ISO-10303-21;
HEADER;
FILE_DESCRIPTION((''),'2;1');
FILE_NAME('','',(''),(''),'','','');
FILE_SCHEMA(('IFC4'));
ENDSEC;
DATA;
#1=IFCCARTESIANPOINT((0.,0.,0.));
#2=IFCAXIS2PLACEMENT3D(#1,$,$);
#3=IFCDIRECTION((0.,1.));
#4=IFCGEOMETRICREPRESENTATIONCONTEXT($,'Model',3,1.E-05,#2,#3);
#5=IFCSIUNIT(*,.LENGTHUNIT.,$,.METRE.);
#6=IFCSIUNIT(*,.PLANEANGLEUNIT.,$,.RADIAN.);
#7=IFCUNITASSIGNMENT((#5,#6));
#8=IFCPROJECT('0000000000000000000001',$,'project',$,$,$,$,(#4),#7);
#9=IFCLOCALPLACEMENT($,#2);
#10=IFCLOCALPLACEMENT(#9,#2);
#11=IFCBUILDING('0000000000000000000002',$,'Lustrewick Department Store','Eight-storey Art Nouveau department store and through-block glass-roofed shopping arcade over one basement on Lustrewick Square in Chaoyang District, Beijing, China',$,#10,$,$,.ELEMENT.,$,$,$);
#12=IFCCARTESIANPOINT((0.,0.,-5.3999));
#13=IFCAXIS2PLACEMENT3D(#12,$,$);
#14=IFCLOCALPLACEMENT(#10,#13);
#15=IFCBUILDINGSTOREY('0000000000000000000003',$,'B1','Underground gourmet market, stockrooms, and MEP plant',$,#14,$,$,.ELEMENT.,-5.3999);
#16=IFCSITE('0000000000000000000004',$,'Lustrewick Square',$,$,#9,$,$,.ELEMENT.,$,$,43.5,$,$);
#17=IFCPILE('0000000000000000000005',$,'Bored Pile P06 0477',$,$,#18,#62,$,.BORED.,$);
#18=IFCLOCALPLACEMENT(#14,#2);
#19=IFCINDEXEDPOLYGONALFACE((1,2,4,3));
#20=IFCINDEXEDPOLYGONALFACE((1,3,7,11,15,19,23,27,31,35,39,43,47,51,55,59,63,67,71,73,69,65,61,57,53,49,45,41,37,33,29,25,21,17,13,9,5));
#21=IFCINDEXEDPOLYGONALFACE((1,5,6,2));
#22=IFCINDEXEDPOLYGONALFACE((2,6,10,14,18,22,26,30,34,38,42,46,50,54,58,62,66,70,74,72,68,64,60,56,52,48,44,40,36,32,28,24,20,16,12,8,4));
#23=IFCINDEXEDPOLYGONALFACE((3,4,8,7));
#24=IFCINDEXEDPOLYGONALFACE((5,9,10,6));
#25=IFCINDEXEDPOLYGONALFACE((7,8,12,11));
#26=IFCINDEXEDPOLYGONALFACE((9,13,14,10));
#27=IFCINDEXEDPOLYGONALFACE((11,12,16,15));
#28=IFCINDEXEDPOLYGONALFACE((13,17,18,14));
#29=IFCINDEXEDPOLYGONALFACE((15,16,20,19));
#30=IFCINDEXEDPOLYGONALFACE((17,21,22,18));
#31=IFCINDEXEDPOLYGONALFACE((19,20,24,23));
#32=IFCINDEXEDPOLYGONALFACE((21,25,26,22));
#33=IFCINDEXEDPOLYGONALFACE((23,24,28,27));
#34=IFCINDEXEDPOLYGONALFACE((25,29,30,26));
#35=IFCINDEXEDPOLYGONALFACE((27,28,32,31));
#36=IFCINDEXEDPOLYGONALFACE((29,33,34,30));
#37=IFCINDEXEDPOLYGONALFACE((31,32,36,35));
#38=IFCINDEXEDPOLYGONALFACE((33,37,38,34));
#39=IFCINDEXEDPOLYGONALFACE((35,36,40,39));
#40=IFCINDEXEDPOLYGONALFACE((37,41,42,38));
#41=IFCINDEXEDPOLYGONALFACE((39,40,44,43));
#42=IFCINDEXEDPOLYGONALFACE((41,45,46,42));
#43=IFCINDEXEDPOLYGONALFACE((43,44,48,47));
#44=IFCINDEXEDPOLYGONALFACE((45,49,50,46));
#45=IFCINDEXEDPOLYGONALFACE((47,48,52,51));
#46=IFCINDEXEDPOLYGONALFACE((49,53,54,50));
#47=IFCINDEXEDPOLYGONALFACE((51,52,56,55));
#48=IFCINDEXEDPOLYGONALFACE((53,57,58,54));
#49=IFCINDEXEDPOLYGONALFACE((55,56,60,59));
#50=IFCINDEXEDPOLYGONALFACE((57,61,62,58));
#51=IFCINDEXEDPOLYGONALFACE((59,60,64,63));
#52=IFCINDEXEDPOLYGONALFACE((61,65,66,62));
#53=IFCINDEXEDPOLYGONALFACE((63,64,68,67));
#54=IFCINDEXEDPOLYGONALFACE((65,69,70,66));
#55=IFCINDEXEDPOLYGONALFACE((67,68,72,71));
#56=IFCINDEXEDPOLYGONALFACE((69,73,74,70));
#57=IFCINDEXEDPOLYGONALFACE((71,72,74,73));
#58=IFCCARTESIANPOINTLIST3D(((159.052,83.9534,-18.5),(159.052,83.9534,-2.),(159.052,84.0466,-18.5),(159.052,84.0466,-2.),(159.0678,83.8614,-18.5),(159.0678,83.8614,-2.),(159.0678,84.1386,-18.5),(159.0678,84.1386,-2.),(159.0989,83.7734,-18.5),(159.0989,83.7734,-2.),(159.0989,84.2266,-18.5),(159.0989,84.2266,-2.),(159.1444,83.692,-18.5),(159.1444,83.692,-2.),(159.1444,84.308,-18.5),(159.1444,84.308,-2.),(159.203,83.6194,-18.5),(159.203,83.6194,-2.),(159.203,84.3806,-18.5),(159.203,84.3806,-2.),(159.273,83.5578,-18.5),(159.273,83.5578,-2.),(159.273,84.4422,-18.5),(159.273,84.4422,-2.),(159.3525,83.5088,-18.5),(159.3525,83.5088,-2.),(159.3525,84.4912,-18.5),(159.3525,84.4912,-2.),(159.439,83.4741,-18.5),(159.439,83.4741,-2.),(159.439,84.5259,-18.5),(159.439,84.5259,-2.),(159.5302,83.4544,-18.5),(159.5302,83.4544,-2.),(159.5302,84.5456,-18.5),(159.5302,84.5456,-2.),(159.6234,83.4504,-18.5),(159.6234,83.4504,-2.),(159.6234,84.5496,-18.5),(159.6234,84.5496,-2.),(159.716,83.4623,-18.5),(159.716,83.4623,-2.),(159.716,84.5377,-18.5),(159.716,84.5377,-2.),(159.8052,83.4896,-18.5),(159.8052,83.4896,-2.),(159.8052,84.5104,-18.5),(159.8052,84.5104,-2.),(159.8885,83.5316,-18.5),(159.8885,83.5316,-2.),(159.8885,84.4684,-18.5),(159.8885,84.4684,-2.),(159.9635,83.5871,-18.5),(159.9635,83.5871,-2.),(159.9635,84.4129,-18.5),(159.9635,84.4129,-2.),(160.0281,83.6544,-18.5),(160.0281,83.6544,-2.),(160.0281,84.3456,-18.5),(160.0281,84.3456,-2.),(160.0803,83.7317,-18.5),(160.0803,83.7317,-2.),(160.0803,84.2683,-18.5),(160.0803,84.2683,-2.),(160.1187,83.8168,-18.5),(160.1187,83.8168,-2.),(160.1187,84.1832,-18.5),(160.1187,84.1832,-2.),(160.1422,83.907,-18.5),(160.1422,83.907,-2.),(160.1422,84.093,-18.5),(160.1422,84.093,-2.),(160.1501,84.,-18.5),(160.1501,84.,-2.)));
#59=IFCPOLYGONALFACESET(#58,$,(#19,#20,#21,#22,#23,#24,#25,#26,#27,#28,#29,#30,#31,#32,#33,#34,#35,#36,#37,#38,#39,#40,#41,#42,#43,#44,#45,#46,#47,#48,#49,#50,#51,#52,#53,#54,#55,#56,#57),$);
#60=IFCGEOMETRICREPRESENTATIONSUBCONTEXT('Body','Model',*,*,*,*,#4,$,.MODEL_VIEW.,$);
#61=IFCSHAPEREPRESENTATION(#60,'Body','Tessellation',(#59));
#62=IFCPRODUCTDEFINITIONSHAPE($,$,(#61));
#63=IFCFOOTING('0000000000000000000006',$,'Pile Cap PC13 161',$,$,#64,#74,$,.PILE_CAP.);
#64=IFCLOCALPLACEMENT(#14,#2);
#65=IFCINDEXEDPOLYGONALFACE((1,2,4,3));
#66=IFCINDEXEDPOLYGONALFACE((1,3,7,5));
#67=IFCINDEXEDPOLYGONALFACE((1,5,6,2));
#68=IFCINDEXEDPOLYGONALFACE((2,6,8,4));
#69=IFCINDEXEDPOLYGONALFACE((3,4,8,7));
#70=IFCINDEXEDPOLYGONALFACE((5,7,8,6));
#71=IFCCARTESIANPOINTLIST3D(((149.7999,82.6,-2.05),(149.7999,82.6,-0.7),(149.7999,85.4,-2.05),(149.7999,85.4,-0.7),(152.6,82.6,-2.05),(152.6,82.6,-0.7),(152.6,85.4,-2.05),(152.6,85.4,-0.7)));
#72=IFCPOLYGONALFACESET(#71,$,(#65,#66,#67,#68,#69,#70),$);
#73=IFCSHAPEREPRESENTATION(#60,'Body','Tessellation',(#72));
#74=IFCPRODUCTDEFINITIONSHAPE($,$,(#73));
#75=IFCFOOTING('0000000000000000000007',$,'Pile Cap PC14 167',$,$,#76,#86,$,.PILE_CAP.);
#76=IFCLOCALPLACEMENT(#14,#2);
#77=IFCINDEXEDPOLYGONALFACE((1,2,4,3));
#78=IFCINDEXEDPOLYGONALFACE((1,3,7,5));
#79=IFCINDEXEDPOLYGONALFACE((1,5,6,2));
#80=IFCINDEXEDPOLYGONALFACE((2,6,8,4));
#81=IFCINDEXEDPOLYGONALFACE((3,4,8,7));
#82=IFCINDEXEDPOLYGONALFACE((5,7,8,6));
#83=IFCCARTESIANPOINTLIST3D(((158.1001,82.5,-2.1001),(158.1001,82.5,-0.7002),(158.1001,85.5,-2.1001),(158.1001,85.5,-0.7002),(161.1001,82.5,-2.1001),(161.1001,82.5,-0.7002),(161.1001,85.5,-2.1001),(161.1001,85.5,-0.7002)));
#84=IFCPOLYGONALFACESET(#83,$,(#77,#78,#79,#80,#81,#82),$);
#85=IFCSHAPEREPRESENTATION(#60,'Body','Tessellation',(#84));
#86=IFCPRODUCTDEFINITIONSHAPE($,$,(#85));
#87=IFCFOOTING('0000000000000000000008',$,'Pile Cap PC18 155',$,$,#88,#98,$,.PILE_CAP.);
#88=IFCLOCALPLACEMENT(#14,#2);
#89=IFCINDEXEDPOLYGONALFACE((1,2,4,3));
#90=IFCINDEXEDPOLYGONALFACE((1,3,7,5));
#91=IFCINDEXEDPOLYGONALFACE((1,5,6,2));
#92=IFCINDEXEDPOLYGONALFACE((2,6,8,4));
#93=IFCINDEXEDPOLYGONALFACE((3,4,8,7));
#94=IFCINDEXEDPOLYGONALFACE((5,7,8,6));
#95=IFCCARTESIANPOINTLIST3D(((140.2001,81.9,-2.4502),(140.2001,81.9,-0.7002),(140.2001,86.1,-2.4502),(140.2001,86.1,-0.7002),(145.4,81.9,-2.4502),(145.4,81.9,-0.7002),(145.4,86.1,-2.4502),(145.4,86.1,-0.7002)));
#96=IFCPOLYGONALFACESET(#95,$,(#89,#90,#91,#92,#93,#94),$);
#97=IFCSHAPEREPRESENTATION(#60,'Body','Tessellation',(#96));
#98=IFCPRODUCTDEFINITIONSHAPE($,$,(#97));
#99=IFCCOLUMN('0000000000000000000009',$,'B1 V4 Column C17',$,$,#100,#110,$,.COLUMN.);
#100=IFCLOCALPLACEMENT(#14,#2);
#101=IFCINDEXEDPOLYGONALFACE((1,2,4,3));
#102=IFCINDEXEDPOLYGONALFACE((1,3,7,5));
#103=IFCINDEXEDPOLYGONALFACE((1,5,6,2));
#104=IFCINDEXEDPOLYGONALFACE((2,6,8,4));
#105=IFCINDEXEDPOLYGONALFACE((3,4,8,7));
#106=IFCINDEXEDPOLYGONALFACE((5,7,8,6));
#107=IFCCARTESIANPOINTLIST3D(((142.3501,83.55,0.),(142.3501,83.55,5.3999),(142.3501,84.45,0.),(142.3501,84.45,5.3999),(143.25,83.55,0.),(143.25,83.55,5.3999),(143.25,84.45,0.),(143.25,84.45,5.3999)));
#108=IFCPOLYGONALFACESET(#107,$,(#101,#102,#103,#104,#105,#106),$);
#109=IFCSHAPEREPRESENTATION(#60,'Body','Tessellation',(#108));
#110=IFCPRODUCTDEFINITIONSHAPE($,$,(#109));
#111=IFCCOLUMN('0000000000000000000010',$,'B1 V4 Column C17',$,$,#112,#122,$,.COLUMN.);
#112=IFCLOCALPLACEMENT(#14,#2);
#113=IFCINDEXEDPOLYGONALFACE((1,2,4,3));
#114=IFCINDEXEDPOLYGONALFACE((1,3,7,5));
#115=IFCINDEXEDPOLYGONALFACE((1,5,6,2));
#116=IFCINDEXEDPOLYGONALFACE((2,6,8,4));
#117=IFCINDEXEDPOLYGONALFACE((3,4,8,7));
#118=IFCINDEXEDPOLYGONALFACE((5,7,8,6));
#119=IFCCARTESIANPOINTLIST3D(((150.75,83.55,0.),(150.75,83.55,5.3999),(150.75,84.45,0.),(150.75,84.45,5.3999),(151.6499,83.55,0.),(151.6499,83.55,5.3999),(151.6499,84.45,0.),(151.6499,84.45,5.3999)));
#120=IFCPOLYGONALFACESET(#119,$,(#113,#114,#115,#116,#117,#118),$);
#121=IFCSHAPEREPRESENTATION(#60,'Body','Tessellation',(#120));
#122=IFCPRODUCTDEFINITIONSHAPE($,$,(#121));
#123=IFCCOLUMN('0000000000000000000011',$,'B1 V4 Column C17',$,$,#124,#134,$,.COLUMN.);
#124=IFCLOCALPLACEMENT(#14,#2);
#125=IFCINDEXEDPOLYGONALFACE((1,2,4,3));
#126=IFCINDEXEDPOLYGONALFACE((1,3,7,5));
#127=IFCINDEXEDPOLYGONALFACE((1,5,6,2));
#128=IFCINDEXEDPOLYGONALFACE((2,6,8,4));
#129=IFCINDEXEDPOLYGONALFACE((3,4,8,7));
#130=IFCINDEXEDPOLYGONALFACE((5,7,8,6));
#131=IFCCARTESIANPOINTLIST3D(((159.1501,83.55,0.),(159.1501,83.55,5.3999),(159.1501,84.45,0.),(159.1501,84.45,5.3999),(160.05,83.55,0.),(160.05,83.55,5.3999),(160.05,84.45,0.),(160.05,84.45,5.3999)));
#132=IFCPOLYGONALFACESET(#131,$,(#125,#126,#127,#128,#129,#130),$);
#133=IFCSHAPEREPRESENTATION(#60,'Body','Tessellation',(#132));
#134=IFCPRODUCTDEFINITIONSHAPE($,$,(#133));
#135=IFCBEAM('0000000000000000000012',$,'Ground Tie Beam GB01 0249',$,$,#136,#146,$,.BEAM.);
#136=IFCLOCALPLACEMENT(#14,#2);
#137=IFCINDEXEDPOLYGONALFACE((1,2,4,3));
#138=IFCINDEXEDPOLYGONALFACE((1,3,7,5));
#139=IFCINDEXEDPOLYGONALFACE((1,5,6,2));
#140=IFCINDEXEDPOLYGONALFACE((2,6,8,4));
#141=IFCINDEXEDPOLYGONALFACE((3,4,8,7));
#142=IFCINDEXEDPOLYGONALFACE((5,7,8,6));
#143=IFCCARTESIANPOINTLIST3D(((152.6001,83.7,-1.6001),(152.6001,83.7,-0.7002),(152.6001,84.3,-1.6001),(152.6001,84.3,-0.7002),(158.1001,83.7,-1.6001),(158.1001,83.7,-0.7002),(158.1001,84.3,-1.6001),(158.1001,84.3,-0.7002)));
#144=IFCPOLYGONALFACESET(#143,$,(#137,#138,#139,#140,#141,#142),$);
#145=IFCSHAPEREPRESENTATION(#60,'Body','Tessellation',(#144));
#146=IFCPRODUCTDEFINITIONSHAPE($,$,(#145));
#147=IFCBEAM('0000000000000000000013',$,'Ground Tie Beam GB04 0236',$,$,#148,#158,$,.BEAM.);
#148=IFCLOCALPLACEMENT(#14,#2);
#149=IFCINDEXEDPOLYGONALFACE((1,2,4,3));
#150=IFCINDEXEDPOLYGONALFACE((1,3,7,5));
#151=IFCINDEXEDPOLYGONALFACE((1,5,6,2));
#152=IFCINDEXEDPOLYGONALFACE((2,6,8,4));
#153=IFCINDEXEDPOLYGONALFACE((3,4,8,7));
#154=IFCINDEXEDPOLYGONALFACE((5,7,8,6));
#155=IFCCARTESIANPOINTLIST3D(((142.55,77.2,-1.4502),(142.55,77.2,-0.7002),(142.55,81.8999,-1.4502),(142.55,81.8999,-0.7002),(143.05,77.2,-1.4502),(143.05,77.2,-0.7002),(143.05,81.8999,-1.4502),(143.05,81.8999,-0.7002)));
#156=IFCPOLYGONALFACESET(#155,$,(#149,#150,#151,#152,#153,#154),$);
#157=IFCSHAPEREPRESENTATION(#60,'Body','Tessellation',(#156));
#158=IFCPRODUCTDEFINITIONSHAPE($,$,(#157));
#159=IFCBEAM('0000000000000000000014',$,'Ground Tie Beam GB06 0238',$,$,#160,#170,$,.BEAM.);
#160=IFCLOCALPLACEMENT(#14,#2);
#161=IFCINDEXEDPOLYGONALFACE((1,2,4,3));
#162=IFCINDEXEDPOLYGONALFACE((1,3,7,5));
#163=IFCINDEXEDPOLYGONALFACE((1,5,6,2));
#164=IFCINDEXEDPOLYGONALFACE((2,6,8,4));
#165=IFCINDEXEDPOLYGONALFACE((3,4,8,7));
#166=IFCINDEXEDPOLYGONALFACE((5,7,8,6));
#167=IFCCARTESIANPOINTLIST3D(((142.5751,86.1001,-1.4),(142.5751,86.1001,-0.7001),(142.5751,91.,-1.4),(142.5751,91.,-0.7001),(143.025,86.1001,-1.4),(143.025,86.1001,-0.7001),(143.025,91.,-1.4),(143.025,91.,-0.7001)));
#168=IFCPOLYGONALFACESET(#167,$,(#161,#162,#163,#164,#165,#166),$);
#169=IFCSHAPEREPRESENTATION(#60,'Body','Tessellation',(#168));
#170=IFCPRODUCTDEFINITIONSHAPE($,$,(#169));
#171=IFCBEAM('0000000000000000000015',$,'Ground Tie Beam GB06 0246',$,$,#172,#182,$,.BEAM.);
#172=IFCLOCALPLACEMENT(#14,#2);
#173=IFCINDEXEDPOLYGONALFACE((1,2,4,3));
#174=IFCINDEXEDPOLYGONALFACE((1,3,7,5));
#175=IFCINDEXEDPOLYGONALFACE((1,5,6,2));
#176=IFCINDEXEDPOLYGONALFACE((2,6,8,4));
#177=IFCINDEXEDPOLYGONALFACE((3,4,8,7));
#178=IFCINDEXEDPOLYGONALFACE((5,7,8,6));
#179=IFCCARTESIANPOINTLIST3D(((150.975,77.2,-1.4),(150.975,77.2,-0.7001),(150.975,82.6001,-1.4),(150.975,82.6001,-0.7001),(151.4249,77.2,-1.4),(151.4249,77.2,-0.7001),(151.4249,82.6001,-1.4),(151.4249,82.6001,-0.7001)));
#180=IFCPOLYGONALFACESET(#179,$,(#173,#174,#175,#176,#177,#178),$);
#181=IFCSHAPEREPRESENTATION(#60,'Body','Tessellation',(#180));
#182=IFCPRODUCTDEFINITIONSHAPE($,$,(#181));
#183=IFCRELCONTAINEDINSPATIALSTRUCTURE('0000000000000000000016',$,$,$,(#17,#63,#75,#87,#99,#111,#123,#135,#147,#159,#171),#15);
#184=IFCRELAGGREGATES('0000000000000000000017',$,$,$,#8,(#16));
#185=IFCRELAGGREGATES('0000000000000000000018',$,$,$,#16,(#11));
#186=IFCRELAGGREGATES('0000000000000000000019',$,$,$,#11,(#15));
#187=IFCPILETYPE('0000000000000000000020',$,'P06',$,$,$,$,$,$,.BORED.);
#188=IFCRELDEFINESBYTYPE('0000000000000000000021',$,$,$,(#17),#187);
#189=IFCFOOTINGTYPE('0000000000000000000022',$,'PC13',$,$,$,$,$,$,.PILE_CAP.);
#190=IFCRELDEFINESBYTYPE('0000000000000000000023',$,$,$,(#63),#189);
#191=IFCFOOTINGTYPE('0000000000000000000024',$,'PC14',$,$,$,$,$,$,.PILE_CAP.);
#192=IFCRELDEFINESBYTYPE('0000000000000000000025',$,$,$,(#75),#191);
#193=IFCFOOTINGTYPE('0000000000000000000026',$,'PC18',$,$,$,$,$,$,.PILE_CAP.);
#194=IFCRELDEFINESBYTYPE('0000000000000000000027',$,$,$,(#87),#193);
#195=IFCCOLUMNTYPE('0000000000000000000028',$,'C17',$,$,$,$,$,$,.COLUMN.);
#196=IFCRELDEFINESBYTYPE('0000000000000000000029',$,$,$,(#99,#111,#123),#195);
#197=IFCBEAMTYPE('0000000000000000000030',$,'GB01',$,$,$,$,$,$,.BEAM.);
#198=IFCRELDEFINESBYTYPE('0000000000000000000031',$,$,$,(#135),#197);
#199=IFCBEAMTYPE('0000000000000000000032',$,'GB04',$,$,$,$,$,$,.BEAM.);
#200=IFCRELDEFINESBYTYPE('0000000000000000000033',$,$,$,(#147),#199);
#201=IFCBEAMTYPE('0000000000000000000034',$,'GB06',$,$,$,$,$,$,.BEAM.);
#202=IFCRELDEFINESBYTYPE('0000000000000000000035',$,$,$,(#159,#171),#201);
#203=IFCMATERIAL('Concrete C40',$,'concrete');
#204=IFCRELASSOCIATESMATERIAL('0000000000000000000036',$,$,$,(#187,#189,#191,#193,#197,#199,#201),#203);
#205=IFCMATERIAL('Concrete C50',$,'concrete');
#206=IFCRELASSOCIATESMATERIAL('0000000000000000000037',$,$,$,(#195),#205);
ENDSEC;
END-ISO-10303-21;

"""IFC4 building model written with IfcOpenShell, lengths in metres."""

from ifc_helpers import new_model, si_unit, direction, frame, origin, origin_2d, place, context, subcontext, project, spatial, rectangle, circle, extrude, material, material_profile, profile_set, type_object, element, save


model = new_model("IFC4")

# Units and contexts
model_context = context("Model", 3, precision=1e-05, world=origin(), true_north=direction((0.0, 1.0)))
body_context = subcontext(model_context, "Body", "Model", "MODEL_VIEW")
ifc_project = project(units=[si_unit("LENGTHUNIT", "METRE"), si_unit("PLANEANGLEUNIT", "RADIAN")], contexts=[model_context])

# Site, building, storey
site_placement = place(None, origin())
site = spatial("IfcSite", under=ifc_project, at=site_placement, Name="Lustrewick Square", CompositionType="ELEMENT", RefElevation=43.5)
building_placement = place(site_placement, origin())
building = spatial("IfcBuilding", under=site, at=building_placement, Name="Lustrewick Department Store", Description="Eight-storey Art Nouveau department store and through-block glass-roofed shopping arcade over one basement on Lustrewick Square in Chaoyang District, Beijing, China", CompositionType="ELEMENT")
storey_placement = place(building_placement, frame((0.0, 0.0, -5.3999)))
storey = spatial("IfcBuildingStorey", under=building, at=storey_placement, Name="B1", Description="Underground gourmet market, stockrooms, and MEP plant", CompositionType="ELEMENT", Elevation=-5.3999)

# Pile
ifc_material_1 = material(Name="Concrete C40", Category="concrete")
ifc_material_profile_1 = material_profile(ifc_material_1, circle(Radius=0.55, at=origin_2d()), Name="PILE D1100")
ifc_profile_set_1 = profile_set([ifc_material_profile_1], Name="Concrete C40")
pile_type_1 = type_object("IfcPileType", Name="P06", PredefinedType="BORED", material=ifc_profile_set_1)
for number, where, z_axis, x_axis, name in (
    (1, (159.6001, 84.0, -2.0), (0.0, 0.0, -1.0), (1.0, 0.0, 0.0), "Bored Pile P06 0477"),
):
    element("IfcPile", number, at=place(storey_placement, frame(where, z_axis=z_axis, x_axis=x_axis)), inside=storey, type_object=pile_type_1, Name=name, PredefinedType="BORED", context=body_context, shape_type="SweptSolid", body=[
        extrude(circle(Radius=0.55, at=origin_2d()), origin(), (0.0, 0.0, 1.0), 16.5),
    ])

# Footings
footing_type_1 = type_object("IfcFootingType", Name="PC13", PredefinedType="PILE_CAP", material=ifc_material_1)
footing_1_placement = place(storey_placement, frame((151.2, 84.0, -2.05), z_axis=(0.0, 0.0, 1.0), x_axis=(1.0, 0.0, 0.0)))
element("IfcFooting", 2, at=footing_1_placement, inside=storey, type_object=footing_type_1, Name="Pile Cap PC13 161", PredefinedType="PILE_CAP", context=body_context, shape_type="SweptSolid", body=[
    extrude(rectangle(XDim=2.8, YDim=2.8, at=origin_2d()), origin(), (0.0, 0.0, 1.0), 1.3501),
])
footing_type_2 = type_object("IfcFootingType", Name="PC14", PredefinedType="PILE_CAP", material=ifc_material_1)
footing_2_placement = place(storey_placement, frame((159.6001, 84.0, -2.1001), z_axis=(0.0, 0.0, 1.0), x_axis=(1.0, 0.0, 0.0)))
element("IfcFooting", 3, at=footing_2_placement, inside=storey, type_object=footing_type_2, Name="Pile Cap PC14 167", PredefinedType="PILE_CAP", context=body_context, shape_type="SweptSolid", body=[
    extrude(rectangle(XDim=3.0, YDim=3.0, at=origin_2d()), origin(), (0.0, 0.0, 1.0), 1.3999),
])
footing_type_3 = type_object("IfcFootingType", Name="PC18", PredefinedType="PILE_CAP", material=ifc_material_1)
footing_3_placement = place(storey_placement, frame((142.8, 84.0, -2.4502), z_axis=(0.0, 0.0, 1.0), x_axis=(1.0, 0.0, 0.0)))
element("IfcFooting", 4, at=footing_3_placement, inside=storey, type_object=footing_type_3, Name="Pile Cap PC18 155", PredefinedType="PILE_CAP", context=body_context, shape_type="SweptSolid", body=[
    extrude(rectangle(XDim=5.2, YDim=4.2, at=origin_2d()), origin(), (0.0, 0.0, 1.0), 1.75),
])

# Columns
ifc_material_2 = material(Name="Concrete C50", Category="concrete")
ifc_material_profile_2 = material_profile(ifc_material_2, rectangle(XDim=0.8999, YDim=0.8999, at=origin_2d()), Name="RC 900x900")
ifc_profile_set_2 = profile_set([ifc_material_profile_2], Name="Concrete C50")
column_type = type_object("IfcColumnType", Name="C17", PredefinedType="COLUMN", material=ifc_profile_set_2)
for number, where, z_axis, x_axis, name in (
    (5, (142.8, 84.0, 0.0), (0.0, 0.0, 1.0), (1.0, 0.0, 0.0), "B1 V4 Column C17"),
    (6, (151.2, 84.0, 0.0), (0.0, 0.0, 1.0), (1.0, 0.0, 0.0), "B1 V4 Column C17"),
    (7, (159.6001, 84.0, 0.0), (0.0, 0.0, 1.0), (1.0, 0.0, 0.0), "B1 V4 Column C17"),
):
    element("IfcColumn", number, at=place(storey_placement, frame(where, z_axis=z_axis, x_axis=x_axis)), inside=storey, type_object=column_type, Name=name, PredefinedType="COLUMN", context=body_context, shape_type="SweptSolid", body=[
        extrude(rectangle(XDim=0.8999, YDim=0.8999, at=origin_2d()), origin(), (0.0, 0.0, 1.0), 5.3999),
    ])

# Beams
ifc_material_profile_3 = material_profile(ifc_material_1, rectangle(XDim=0.6001, YDim=0.8999, at=origin_2d()), Name="RC 600x900")
ifc_profile_set_3 = profile_set([ifc_material_profile_3], Name="Concrete C40")
beam_type_1 = type_object("IfcBeamType", Name="GB01", PredefinedType="BEAM", material=ifc_profile_set_3)
beam_1_placement = place(storey_placement, frame((152.6001, 84.0, -1.1501), z_axis=(1.0, 0.0, 0.0), x_axis=(0.0, 1.0, 0.0)))
element("IfcBeam", 8, at=beam_1_placement, inside=storey, type_object=beam_type_1, Name="Ground Tie Beam GB01 0249", PredefinedType="BEAM", context=body_context, shape_type="SweptSolid", body=[
    extrude(rectangle(XDim=0.6001, YDim=0.8999, at=origin_2d()), origin(), (0.0, 0.0, 1.0), 5.5),
])
ifc_material_profile_4 = material_profile(ifc_material_1, rectangle(XDim=0.5, YDim=0.75, at=origin_2d()), Name="RC 500x750")
ifc_profile_set_4 = profile_set([ifc_material_profile_4], Name="Concrete C40")
beam_type_2 = type_object("IfcBeamType", Name="GB04", PredefinedType="BEAM", material=ifc_profile_set_4)
beam_2_placement = place(storey_placement, frame((142.8, 77.2, -1.0752), z_axis=(0.0, 1.0, 0.0), x_axis=(-1.0, 0.0, 0.0)))
element("IfcBeam", 9, at=beam_2_placement, inside=storey, type_object=beam_type_2, Name="Ground Tie Beam GB04 0236", PredefinedType="BEAM", context=body_context, shape_type="SweptSolid", body=[
    extrude(rectangle(XDim=0.5, YDim=0.75, at=origin_2d()), origin(), (0.0, 0.0, 1.0), 4.7),
])
ifc_material_profile_5 = material_profile(ifc_material_1, rectangle(XDim=0.45, YDim=0.7, at=origin_2d()), Name="RC 450x700")
ifc_profile_set_5 = profile_set([ifc_material_profile_5], Name="Concrete C40")
beam_type_3 = type_object("IfcBeamType", Name="GB06", PredefinedType="BEAM", material=ifc_profile_set_5)
beam_3_placement = place(storey_placement, frame((142.8, 86.1001, -1.05), z_axis=(0.0, 1.0, 0.0), x_axis=(-1.0, 0.0, 0.0)))
element("IfcBeam", 10, at=beam_3_placement, inside=storey, type_object=beam_type_3, Name="Ground Tie Beam GB06 0238", PredefinedType="BEAM", context=body_context, shape_type="SweptSolid", body=[
    extrude(rectangle(XDim=0.45, YDim=0.7, at=origin_2d()), origin(), (0.0, 0.0, 1.0), 4.8999),
])
beam_4_placement = place(storey_placement, frame((151.2, 77.2, -1.05), z_axis=(0.0, 1.0, 0.0), x_axis=(-1.0, 0.0, 0.0)))
element("IfcBeam", 11, at=beam_4_placement, inside=storey, type_object=beam_type_3, Name="Ground Tie Beam GB06 0246", PredefinedType="BEAM", context=body_context, shape_type="SweptSolid", body=[
    extrude(rectangle(XDim=0.45, YDim=0.7, at=origin_2d()), origin(), (0.0, 0.0, 1.0), 5.4001),
])

save(model, "model.ifc")
